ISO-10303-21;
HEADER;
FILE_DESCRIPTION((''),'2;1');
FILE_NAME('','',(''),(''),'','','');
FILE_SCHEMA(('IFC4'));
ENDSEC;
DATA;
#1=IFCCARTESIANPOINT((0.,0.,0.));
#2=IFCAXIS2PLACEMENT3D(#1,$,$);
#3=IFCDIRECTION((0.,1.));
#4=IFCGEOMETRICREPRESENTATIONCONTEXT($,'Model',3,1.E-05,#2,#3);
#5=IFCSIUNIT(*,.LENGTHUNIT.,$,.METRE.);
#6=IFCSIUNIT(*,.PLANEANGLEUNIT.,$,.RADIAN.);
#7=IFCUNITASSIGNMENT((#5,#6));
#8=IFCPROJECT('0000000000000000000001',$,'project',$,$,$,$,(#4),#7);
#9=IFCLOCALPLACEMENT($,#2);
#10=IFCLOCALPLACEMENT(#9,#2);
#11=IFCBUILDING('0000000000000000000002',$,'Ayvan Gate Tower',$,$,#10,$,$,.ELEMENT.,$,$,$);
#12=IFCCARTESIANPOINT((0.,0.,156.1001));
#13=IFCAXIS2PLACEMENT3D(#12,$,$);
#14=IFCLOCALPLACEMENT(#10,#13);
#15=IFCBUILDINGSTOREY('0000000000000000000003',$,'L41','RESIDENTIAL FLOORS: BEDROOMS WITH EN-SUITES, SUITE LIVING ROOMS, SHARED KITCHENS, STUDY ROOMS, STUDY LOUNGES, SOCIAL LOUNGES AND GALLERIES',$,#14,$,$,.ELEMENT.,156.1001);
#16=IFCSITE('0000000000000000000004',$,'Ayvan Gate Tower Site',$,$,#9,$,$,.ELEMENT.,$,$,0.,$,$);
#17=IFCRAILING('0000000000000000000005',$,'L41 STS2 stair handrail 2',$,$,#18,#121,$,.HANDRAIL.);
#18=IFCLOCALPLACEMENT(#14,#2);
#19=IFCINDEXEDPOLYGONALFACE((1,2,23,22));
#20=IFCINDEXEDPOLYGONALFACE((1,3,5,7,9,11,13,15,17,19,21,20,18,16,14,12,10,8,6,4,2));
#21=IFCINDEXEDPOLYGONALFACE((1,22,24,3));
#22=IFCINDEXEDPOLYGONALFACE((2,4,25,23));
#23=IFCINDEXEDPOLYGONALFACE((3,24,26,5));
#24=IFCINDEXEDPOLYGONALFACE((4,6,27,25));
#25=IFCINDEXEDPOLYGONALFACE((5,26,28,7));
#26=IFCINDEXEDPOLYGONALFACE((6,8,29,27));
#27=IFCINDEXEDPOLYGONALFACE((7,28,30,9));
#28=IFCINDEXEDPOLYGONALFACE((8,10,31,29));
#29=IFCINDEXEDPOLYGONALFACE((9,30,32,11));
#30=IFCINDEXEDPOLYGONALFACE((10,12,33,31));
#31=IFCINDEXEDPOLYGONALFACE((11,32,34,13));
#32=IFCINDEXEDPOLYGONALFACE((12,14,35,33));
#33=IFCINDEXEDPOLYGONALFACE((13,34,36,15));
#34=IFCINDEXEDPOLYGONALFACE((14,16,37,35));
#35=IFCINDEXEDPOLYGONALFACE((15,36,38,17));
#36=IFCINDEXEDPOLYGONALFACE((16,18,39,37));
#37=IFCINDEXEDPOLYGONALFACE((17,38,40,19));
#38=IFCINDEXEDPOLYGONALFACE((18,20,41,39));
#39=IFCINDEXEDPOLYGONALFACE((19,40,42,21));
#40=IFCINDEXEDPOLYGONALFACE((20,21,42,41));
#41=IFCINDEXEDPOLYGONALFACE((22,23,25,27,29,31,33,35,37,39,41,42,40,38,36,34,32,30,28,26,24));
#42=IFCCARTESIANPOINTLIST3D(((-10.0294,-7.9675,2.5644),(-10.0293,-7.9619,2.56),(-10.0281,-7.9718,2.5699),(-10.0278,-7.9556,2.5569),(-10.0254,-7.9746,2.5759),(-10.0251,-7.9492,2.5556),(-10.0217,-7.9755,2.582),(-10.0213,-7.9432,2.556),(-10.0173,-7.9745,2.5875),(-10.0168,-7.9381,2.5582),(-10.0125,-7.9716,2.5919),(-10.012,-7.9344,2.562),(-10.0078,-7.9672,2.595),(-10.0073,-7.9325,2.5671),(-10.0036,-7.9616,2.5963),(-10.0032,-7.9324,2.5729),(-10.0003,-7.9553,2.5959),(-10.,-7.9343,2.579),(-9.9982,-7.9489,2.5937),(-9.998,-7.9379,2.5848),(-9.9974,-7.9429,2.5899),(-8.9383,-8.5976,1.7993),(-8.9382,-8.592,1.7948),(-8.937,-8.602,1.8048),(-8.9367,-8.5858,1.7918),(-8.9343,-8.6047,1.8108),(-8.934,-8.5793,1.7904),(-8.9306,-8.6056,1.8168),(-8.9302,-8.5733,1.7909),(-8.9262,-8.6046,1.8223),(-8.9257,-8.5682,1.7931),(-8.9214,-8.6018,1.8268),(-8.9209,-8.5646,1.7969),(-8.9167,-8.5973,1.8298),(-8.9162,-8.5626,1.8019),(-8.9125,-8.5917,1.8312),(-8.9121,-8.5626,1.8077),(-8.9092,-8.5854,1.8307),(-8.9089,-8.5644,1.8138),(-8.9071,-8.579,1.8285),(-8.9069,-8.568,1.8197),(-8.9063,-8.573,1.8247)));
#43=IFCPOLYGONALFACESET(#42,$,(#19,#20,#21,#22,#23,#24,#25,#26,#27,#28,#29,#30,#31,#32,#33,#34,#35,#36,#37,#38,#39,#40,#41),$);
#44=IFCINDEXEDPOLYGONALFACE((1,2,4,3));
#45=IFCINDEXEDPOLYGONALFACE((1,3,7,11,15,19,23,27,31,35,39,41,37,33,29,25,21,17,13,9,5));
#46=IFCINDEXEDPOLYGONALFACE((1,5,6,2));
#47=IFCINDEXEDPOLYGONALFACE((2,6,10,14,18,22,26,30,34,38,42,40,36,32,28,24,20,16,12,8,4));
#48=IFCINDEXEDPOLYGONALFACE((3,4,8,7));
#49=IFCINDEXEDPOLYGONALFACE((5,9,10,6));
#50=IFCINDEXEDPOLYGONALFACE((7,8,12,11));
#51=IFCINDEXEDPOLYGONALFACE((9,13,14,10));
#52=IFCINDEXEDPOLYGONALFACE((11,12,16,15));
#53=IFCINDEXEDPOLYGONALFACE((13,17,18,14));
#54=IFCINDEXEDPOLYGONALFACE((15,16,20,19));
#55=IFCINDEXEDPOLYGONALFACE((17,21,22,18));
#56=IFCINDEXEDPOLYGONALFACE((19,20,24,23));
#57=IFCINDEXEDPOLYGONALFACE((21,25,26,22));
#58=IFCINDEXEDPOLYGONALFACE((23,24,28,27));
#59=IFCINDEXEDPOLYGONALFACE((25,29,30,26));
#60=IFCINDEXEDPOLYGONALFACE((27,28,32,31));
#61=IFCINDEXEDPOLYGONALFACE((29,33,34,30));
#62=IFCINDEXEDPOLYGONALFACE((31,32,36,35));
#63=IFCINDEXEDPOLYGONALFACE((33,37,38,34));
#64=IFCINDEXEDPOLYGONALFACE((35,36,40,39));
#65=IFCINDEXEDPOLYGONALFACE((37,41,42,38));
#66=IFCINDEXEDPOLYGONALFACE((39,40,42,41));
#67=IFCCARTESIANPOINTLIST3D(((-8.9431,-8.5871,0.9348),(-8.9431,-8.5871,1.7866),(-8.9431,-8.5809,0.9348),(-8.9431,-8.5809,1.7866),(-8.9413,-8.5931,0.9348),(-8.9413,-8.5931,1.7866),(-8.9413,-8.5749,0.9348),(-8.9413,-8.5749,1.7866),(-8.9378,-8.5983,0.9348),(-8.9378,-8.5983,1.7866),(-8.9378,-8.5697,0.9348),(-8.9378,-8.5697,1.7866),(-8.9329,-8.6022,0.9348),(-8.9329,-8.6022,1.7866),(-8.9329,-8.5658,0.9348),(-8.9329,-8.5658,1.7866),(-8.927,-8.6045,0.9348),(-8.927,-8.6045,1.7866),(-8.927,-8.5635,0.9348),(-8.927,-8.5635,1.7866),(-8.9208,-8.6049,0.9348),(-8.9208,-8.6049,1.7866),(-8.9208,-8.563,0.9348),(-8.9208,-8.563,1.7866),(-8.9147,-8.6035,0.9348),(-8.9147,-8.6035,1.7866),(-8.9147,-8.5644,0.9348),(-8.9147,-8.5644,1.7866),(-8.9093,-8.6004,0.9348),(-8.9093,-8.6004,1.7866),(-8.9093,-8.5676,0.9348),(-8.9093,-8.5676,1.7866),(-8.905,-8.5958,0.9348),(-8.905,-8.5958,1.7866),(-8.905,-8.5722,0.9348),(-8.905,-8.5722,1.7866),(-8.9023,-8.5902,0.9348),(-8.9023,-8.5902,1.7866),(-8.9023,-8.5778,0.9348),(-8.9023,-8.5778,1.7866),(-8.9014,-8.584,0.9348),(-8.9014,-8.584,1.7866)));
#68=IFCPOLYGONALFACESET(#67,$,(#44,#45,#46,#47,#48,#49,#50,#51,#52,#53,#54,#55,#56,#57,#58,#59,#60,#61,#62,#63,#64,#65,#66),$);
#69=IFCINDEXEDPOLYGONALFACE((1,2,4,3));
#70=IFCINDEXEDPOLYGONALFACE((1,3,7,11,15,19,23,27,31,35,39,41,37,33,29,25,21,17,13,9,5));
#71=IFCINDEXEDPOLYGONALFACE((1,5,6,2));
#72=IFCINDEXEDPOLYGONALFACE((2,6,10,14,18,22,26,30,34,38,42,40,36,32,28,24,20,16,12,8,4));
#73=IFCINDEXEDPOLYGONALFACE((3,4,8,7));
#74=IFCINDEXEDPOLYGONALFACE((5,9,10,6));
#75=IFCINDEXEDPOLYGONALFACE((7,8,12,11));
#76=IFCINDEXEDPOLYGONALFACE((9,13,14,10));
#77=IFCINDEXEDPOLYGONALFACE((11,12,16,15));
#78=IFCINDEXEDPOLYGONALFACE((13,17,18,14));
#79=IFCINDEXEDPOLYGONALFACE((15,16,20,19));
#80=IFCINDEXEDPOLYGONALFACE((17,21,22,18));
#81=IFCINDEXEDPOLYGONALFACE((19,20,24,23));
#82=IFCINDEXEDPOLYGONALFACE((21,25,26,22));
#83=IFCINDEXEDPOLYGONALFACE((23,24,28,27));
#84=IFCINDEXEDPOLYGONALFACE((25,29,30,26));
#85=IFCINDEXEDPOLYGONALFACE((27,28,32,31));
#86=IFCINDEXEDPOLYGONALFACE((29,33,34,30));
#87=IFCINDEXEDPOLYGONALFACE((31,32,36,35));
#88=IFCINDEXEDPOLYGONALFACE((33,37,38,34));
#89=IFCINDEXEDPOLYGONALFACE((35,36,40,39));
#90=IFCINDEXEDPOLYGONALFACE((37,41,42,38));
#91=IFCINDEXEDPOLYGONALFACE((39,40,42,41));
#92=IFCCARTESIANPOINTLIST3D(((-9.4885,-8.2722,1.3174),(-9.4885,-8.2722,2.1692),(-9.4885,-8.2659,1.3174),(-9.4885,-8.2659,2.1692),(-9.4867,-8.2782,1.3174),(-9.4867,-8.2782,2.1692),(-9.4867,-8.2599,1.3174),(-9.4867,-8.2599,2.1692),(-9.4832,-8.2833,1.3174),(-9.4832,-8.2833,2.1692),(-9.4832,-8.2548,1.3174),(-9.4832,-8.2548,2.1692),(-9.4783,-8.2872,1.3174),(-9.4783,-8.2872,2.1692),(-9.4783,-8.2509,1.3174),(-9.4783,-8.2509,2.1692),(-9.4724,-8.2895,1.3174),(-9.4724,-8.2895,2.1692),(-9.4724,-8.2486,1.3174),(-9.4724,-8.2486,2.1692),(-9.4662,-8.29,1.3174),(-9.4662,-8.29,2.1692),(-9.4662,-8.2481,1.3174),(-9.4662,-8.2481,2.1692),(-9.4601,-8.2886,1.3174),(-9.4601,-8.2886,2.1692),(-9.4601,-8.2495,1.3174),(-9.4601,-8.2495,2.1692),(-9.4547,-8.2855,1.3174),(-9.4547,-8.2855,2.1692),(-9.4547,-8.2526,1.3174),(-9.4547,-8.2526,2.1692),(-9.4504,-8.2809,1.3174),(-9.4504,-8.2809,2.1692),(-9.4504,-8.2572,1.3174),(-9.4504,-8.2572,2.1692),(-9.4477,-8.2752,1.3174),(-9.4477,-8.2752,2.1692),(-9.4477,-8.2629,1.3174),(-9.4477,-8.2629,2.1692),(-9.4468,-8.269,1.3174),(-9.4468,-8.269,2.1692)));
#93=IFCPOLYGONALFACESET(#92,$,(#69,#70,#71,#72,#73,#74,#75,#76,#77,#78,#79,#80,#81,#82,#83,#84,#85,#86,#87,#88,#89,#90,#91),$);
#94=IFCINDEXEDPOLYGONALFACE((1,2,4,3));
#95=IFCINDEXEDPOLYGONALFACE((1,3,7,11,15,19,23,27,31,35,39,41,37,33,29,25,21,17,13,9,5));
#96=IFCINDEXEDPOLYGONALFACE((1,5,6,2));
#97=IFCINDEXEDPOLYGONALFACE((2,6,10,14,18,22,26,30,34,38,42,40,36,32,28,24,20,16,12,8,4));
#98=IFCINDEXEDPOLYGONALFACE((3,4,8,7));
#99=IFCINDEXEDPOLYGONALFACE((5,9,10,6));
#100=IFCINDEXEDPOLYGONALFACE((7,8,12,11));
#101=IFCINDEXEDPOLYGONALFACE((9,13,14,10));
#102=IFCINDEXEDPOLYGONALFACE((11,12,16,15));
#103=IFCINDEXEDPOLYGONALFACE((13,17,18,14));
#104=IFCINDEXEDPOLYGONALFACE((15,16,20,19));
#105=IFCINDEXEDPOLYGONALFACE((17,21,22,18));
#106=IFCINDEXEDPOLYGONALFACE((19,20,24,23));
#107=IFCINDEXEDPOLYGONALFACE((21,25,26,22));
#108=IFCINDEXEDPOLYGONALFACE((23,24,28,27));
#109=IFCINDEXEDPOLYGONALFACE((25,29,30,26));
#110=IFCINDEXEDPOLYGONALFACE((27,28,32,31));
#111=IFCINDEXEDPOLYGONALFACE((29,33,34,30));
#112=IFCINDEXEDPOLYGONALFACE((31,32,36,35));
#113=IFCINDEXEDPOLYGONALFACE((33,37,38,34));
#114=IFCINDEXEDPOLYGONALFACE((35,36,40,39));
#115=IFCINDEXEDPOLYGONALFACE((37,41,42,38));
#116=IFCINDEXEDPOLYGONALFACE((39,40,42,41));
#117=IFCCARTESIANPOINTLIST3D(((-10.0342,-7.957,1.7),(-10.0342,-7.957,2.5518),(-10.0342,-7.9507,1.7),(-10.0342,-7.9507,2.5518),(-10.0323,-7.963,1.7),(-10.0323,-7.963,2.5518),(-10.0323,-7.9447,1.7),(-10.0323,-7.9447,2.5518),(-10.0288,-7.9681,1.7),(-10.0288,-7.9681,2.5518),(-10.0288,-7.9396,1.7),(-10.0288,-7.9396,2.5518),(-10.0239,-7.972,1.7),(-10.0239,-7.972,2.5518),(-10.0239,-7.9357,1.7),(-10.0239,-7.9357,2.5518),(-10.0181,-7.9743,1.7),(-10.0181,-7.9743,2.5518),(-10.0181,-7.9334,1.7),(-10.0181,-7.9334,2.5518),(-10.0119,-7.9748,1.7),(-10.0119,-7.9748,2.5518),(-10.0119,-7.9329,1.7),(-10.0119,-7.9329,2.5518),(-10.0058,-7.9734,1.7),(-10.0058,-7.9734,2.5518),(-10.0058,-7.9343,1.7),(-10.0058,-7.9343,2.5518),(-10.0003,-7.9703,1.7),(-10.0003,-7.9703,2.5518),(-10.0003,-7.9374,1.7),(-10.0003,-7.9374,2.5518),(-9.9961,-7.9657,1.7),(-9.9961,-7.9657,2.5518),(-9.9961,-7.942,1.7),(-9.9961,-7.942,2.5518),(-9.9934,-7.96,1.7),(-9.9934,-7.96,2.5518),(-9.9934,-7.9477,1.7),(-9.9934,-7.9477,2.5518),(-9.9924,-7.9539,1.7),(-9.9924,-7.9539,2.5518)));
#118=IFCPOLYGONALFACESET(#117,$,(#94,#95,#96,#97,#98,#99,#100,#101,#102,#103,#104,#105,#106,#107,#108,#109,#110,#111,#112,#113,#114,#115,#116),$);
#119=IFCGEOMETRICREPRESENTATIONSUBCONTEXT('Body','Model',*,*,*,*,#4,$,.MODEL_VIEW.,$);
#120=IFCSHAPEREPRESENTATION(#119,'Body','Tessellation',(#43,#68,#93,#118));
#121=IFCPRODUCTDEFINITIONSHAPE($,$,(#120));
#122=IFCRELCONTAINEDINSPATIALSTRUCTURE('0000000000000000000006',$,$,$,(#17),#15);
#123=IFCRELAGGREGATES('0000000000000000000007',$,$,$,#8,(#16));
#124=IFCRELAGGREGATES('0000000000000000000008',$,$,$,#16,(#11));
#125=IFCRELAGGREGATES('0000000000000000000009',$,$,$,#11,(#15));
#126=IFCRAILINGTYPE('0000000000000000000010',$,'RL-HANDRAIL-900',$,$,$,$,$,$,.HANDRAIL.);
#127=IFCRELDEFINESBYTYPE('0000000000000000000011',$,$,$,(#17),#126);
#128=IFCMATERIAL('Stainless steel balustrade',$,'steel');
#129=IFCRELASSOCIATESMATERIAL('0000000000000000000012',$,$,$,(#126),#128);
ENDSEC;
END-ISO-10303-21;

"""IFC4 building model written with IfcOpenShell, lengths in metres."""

from ifc_helpers import new_model, si_unit, direction, frame, origin, origin_2d, place, context, subcontext, project, spatial, circle, extrude, material, type_object, element, save


model = new_model("IFC4")

# Units and contexts
model_context = context("Model", 3, precision=1e-05, world=origin(), true_north=direction((0.0, 1.0)))
body_context = subcontext(model_context, "Body", "Model", "MODEL_VIEW")
ifc_project = project(units=[si_unit("LENGTHUNIT", "METRE"), si_unit("PLANEANGLEUNIT", "RADIAN")], contexts=[model_context])

# Site, building, storey
site_placement = place(None, origin())
site = spatial("IfcSite", under=ifc_project, at=site_placement, Name="Ayvan Gate Tower Site", CompositionType="ELEMENT", RefElevation=0.0)
building_placement = place(site_placement, origin())
building = spatial("IfcBuilding", under=site, at=building_placement, Name="Ayvan Gate Tower", CompositionType="ELEMENT")
storey_placement = place(building_placement, frame((0.0, 0.0, 156.1001)))
storey = spatial("IfcBuildingStorey", under=building, at=storey_placement, Name="L41", Description="RESIDENTIAL FLOORS: BEDROOMS WITH EN-SUITES, SUITE LIVING ROOMS, SHARED KITCHENS, STUDY ROOMS, STUDY LOUNGES, SOCIAL LOUNGES AND GALLERIES", CompositionType="ELEMENT", Elevation=156.1001)

# Railing
ifc_material_1 = material(Name="Stainless steel balustrade", Category="steel")
railing_type_1 = type_object("IfcRailingType", Name="RL-HANDRAIL-900", PredefinedType="HANDRAIL", material=ifc_material_1)
railing_1_placement = place(storey_placement, frame((-8.9224, -8.584, 0.9348)))
element("IfcRailing", 1, at=railing_1_placement, inside=storey, type_object=railing_type_1, Name="L41 STS2 stair handrail 2", PredefinedType="HANDRAIL", context=body_context, shape_type="SweptSolid", body=[
    extrude(circle(Radius=0.0239, at=origin_2d()), frame((0.0, 0.0, 0.876), z_axis=(-0.740166, 0.427471, 0.51906), x_axis=(-0.500119, -0.865956, 0.0)), (0.0, 0.0, 1.0), 1.4741),
    extrude(circle(Radius=0.021, at=origin_2d()), origin(), (0.0, 0.0, 1.0), 0.8518),
    extrude(circle(Radius=0.021, at=origin_2d()), frame((-0.5454, 0.3149, 0.3826)), (0.0, 0.0, 1.0), 0.8518),
    extrude(circle(Radius=0.021, at=origin_2d()), frame((-1.0911, 0.6301, 0.7651)), (0.0, 0.0, 1.0), 0.8518),
])

save(model, "model.ifc")
